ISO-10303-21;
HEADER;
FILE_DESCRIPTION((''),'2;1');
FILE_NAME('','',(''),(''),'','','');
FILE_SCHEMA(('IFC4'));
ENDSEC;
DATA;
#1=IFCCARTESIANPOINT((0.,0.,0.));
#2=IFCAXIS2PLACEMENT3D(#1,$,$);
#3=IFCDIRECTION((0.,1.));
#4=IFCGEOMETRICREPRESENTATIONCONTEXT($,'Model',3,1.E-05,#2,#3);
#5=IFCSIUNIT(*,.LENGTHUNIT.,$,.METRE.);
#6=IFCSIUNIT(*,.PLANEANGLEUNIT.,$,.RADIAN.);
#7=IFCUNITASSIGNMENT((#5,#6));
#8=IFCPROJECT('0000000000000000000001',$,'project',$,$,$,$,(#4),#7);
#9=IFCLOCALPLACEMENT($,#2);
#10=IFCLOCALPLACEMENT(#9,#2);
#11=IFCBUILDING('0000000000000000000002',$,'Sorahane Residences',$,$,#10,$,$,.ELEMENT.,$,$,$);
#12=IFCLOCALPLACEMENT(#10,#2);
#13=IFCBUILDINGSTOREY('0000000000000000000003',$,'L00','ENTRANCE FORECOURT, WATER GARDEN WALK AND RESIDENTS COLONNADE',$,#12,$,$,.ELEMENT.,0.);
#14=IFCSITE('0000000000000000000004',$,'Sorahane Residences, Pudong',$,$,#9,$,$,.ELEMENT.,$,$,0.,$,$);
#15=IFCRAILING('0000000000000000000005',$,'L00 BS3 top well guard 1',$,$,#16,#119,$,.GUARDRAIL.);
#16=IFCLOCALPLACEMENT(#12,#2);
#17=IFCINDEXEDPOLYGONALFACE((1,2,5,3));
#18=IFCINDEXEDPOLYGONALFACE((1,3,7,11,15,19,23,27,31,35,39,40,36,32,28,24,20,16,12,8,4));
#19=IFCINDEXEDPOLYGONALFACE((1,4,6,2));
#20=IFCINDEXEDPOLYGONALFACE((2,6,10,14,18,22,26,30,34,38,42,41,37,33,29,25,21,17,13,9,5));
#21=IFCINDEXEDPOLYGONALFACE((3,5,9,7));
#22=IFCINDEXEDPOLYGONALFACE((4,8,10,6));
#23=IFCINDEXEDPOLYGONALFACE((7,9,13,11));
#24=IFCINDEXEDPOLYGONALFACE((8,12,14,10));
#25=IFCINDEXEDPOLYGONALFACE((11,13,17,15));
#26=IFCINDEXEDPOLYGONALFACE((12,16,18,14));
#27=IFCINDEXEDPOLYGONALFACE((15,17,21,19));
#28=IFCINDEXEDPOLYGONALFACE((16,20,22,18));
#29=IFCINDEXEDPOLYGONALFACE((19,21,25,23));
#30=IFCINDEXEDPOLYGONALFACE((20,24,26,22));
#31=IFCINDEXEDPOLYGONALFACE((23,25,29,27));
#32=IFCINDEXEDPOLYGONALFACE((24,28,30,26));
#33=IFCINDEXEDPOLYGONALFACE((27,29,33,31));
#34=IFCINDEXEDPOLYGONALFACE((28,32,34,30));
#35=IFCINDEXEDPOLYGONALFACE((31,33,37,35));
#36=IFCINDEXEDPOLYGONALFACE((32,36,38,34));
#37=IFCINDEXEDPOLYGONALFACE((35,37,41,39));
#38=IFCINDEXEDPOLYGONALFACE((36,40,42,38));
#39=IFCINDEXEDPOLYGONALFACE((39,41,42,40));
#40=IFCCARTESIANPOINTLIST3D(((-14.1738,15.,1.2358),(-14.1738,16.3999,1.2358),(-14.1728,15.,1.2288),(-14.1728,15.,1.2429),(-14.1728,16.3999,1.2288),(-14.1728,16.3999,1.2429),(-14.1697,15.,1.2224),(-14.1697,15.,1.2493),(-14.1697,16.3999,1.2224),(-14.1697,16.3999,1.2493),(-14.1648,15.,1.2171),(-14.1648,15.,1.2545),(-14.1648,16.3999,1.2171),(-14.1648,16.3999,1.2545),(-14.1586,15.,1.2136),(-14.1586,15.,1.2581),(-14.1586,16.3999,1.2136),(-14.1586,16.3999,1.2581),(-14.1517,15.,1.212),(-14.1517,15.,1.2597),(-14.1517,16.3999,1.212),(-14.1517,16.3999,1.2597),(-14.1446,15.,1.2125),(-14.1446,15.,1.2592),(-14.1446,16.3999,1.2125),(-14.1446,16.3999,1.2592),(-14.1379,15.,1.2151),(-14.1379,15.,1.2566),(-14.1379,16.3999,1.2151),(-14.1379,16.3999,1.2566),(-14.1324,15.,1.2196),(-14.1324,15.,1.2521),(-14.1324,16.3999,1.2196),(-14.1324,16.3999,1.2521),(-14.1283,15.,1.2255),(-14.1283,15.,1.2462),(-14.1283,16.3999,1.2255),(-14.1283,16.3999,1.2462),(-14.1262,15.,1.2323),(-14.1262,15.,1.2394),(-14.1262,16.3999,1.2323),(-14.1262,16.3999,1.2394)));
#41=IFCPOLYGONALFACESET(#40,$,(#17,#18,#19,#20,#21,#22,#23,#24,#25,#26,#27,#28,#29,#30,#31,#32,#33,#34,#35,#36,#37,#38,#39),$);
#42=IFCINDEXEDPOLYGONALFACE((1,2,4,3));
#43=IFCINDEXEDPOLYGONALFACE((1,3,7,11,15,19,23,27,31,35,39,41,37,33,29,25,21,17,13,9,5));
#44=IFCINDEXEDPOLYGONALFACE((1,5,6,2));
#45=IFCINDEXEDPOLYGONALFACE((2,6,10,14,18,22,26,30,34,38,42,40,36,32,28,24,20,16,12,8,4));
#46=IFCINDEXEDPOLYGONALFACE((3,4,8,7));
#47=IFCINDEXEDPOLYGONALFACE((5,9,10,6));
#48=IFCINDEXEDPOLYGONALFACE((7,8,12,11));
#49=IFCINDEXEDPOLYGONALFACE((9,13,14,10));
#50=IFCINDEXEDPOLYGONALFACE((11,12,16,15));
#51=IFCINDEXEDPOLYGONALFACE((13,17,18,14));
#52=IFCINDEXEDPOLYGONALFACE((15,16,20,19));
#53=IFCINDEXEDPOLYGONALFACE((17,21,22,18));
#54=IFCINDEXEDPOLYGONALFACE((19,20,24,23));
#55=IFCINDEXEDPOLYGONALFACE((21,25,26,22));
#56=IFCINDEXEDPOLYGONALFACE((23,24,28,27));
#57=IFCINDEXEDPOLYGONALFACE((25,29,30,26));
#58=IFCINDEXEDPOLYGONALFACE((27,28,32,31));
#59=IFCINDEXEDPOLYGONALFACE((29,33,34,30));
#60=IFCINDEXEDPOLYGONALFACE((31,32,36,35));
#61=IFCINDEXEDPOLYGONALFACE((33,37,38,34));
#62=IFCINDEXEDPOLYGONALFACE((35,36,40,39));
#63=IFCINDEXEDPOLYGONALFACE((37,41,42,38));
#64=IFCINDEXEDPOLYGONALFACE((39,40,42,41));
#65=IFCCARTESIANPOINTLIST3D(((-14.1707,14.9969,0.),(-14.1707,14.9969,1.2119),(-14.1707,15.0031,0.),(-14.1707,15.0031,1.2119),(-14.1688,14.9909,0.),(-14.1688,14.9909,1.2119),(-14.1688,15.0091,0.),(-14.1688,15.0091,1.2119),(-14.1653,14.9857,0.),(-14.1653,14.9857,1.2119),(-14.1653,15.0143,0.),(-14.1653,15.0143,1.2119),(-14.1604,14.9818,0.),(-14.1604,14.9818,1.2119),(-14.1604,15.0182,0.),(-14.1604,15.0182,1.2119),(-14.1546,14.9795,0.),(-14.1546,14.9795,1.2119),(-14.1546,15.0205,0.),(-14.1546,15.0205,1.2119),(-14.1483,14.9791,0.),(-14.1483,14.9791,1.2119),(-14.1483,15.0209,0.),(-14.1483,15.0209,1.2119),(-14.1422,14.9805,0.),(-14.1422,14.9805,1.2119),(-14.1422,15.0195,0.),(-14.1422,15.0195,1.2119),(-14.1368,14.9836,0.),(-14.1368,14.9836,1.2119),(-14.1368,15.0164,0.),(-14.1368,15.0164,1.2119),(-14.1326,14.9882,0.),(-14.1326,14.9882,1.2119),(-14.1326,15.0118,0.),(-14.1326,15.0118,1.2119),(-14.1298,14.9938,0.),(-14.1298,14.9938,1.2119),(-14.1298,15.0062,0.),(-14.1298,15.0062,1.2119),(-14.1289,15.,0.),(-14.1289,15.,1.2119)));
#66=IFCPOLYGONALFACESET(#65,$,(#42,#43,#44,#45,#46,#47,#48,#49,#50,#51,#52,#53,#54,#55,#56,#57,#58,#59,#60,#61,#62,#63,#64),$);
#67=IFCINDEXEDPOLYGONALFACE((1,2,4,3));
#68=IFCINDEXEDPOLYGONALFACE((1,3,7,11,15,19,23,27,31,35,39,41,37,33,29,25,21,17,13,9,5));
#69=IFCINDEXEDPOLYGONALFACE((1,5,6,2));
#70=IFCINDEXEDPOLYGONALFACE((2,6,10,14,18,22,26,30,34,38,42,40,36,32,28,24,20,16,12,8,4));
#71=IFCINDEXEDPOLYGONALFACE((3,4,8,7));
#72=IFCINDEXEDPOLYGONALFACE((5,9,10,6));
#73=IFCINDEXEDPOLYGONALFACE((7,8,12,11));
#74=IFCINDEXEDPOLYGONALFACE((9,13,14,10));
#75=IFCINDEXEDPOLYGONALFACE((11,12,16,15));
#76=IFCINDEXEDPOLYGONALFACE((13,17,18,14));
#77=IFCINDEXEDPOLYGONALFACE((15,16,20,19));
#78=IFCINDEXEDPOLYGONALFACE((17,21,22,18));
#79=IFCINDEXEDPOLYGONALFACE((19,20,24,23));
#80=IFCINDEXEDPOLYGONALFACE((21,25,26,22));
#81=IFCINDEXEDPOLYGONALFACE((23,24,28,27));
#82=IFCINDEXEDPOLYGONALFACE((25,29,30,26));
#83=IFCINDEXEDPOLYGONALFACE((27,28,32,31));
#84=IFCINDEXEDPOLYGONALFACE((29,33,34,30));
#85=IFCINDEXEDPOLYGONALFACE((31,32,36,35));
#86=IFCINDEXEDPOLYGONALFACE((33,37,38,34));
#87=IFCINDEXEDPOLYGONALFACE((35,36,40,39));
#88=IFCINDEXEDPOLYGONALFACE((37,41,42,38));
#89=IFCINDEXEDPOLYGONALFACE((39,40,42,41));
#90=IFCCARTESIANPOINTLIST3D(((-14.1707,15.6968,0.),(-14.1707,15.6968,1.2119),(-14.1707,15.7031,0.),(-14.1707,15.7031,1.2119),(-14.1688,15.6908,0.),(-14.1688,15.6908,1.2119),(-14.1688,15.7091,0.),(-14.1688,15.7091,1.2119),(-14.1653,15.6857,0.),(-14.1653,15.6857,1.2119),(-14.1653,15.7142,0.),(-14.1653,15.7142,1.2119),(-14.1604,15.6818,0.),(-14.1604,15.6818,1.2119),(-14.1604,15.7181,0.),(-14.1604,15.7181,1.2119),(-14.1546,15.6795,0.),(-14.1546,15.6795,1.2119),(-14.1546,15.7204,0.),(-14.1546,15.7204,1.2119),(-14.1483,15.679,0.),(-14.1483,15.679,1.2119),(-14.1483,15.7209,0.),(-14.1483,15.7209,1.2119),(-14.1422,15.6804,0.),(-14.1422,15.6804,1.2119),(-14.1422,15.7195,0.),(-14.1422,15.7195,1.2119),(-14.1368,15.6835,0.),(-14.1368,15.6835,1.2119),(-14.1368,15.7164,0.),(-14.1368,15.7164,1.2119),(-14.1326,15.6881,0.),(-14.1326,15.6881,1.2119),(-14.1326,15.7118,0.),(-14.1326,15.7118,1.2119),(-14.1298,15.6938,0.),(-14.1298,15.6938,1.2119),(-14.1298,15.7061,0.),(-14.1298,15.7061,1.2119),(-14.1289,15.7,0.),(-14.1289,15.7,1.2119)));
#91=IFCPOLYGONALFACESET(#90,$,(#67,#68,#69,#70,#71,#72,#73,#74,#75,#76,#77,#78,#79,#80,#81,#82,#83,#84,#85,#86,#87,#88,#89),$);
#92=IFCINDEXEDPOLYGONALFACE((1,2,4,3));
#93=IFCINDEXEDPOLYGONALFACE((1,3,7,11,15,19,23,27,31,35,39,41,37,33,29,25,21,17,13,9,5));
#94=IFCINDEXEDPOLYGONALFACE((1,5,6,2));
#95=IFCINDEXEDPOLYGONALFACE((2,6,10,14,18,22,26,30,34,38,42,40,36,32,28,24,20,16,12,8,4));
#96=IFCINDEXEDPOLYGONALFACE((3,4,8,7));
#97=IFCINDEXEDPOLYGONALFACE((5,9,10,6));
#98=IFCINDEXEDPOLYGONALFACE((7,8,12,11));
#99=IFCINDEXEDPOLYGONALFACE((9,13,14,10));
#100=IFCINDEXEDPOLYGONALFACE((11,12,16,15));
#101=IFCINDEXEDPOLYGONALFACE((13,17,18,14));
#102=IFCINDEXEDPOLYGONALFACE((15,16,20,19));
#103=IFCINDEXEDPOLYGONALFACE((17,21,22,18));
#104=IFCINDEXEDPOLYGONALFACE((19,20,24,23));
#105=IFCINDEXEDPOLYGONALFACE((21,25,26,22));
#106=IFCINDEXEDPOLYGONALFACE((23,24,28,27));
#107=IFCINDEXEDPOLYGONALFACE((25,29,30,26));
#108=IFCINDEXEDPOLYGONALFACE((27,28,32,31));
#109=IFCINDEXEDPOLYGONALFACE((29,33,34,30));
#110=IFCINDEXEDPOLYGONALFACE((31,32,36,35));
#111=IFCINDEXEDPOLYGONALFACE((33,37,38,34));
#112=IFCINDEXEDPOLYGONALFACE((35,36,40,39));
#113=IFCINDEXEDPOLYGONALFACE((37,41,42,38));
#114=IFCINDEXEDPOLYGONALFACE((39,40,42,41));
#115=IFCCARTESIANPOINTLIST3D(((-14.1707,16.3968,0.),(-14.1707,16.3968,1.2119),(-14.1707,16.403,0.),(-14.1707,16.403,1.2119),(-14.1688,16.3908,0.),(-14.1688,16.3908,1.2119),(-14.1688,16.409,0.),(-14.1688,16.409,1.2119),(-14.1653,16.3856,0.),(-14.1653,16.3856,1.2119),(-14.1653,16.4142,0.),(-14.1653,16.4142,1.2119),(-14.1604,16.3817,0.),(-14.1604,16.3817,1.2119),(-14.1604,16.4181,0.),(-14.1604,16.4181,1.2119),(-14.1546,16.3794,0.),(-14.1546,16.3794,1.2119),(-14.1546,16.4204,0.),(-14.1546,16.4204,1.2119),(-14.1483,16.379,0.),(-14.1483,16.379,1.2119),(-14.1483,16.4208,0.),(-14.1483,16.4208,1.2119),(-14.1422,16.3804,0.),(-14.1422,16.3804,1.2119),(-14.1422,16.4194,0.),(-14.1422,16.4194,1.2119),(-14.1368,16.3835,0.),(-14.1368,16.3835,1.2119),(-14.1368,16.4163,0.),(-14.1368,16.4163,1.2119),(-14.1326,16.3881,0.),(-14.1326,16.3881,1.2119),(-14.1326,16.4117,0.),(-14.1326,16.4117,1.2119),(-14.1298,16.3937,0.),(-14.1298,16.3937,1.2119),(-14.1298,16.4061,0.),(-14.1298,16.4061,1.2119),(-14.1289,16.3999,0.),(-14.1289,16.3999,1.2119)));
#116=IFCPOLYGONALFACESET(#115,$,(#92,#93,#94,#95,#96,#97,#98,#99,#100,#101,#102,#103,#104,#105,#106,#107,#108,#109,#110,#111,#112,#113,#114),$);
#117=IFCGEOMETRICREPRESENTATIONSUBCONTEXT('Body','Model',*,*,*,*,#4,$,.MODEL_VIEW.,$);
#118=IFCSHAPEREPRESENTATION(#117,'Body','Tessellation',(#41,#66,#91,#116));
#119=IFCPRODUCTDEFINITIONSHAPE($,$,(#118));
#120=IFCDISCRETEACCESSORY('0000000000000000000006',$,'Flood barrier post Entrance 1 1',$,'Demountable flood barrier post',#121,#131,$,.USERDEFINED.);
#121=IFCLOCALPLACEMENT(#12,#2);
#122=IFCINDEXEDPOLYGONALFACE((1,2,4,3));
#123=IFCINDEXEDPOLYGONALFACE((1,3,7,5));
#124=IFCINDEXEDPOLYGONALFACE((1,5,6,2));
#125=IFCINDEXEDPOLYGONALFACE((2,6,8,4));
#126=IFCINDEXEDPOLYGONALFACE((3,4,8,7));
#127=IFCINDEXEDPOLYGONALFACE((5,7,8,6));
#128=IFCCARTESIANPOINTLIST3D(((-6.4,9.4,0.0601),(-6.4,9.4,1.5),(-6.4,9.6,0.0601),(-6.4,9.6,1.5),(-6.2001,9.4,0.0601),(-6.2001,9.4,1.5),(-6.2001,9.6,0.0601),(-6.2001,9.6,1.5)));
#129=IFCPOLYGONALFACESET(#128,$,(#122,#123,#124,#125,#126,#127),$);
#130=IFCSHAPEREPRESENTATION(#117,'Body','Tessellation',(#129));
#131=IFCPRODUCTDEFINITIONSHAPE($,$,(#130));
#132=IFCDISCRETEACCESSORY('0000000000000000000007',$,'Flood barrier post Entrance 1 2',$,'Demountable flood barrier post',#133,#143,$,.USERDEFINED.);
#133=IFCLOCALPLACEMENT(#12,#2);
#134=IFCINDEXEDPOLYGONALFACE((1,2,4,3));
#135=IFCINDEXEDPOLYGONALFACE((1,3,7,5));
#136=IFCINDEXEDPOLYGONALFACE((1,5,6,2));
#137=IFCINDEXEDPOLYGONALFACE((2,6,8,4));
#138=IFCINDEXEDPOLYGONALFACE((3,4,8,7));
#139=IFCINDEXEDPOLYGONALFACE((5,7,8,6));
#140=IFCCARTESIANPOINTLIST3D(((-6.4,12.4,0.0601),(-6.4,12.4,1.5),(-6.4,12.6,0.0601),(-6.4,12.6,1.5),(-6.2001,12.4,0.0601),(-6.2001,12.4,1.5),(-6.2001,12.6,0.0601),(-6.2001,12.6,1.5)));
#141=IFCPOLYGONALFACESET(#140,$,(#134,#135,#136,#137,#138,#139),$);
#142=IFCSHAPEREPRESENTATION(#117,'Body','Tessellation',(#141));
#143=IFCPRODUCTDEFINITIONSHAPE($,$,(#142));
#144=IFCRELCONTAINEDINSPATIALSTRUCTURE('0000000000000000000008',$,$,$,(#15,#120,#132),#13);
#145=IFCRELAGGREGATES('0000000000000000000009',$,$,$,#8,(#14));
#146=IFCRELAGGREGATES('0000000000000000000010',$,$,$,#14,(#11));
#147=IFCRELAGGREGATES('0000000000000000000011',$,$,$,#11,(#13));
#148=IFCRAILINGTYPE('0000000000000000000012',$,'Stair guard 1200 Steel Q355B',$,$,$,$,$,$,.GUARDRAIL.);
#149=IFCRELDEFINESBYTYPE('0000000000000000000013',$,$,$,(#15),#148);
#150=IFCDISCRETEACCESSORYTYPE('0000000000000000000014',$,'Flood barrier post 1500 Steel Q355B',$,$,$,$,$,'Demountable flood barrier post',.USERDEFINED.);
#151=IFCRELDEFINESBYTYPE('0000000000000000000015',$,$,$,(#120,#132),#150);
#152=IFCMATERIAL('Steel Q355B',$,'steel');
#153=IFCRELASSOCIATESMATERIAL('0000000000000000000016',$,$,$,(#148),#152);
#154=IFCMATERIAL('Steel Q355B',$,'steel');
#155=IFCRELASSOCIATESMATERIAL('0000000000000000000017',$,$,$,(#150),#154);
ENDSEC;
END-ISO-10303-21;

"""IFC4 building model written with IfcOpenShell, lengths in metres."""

from ifc_helpers import new_model, si_unit, direction, frame, origin, origin_2d, place, context, subcontext, project, spatial, rectangle, circle, extrude, material, type_object, element, save


model = new_model("IFC4")

# Units and contexts
model_context = context("Model", 3, precision=1e-05, world=origin(), true_north=direction((0.0, 1.0)))
body_context = subcontext(model_context, "Body", "Model", "MODEL_VIEW")
ifc_project = project(units=[si_unit("LENGTHUNIT", "METRE"), si_unit("PLANEANGLEUNIT", "RADIAN")], contexts=[model_context])

# Site, building, storey
site_placement = place(None, origin())
site = spatial("IfcSite", under=ifc_project, at=site_placement, Name="Sorahane Residences, Pudong", CompositionType="ELEMENT", RefElevation=0.0)
building_placement = place(site_placement, origin())
building = spatial("IfcBuilding", under=site, at=building_placement, Name="Sorahane Residences", CompositionType="ELEMENT")
storey_placement = place(building_placement, origin())
storey = spatial("IfcBuildingStorey", under=building, at=storey_placement, Name="L00", Description="ENTRANCE FORECOURT, WATER GARDEN WALK AND RESIDENTS COLONNADE", CompositionType="ELEMENT", Elevation=0.0)

# Railing
ifc_material_1 = material(Name="Steel Q355B", Category="steel")
railing_type = type_object("IfcRailingType", Name="Stair guard 1200 Steel Q355B", PredefinedType="GUARDRAIL", material=ifc_material_1)
railing_placement = place(storey_placement, frame((-14.1499, 15.0, 0.0)))
element("IfcRailing", 1, at=railing_placement, inside=storey, type_object=railing_type, Name="L00 BS3 top well guard 1", PredefinedType="GUARDRAIL", context=body_context, shape_type="SweptSolid", body=[
    extrude(circle(Radius=0.0239, at=origin_2d()), frame((0.0, 0.0, 1.2358), z_axis=(0.0, 1.0, 0.0), x_axis=(-1.0, 0.0, 0.0)), (0.0, 0.0, 1.0), 1.3999),
    extrude(circle(Radius=0.021, at=origin_2d()), origin(), (0.0, 0.0, 1.0), 1.2119),
    extrude(circle(Radius=0.021, at=origin_2d()), frame((0.0, 0.7, 0.0)), (0.0, 0.0, 1.0), 1.2119),
    extrude(circle(Radius=0.021, at=origin_2d()), frame((0.0, 1.3999, 0.0)), (0.0, 0.0, 1.0), 1.2119),
])

# Discrete accessories
ifc_material_2 = material(Name="Steel Q355B", Category="steel")
discrete_accessory_type = type_object("IfcDiscreteAccessoryType", Name="Flood barrier post 1500 Steel Q355B", ElementType="Demountable flood barrier post", PredefinedType="USERDEFINED", material=ifc_material_2)
for number, where, z_axis, x_axis, name in (
    (2, (-6.3, 9.5, 0.0601), (0.0, 0.0, 1.0), (1.0, 0.0, 0.0), "Flood barrier post Entrance 1 1"),
    (3, (-6.3, 12.5, 0.0601), (0.0, 0.0, 1.0), (1.0, 0.0, 0.0), "Flood barrier post Entrance 1 2"),
):
    element("IfcDiscreteAccessory", number, at=place(storey_placement, frame(where, z_axis=z_axis, x_axis=x_axis)), inside=storey, type_object=discrete_accessory_type, Name=name, ObjectType="Demountable flood barrier post", PredefinedType="USERDEFINED", context=body_context, shape_type="SweptSolid", body=[
        extrude(rectangle(XDim=0.2, YDim=0.2, at=origin_2d()), origin(), (0.0, 0.0, 1.0), 1.4399),
    ])

save(model, "model.ifc")
